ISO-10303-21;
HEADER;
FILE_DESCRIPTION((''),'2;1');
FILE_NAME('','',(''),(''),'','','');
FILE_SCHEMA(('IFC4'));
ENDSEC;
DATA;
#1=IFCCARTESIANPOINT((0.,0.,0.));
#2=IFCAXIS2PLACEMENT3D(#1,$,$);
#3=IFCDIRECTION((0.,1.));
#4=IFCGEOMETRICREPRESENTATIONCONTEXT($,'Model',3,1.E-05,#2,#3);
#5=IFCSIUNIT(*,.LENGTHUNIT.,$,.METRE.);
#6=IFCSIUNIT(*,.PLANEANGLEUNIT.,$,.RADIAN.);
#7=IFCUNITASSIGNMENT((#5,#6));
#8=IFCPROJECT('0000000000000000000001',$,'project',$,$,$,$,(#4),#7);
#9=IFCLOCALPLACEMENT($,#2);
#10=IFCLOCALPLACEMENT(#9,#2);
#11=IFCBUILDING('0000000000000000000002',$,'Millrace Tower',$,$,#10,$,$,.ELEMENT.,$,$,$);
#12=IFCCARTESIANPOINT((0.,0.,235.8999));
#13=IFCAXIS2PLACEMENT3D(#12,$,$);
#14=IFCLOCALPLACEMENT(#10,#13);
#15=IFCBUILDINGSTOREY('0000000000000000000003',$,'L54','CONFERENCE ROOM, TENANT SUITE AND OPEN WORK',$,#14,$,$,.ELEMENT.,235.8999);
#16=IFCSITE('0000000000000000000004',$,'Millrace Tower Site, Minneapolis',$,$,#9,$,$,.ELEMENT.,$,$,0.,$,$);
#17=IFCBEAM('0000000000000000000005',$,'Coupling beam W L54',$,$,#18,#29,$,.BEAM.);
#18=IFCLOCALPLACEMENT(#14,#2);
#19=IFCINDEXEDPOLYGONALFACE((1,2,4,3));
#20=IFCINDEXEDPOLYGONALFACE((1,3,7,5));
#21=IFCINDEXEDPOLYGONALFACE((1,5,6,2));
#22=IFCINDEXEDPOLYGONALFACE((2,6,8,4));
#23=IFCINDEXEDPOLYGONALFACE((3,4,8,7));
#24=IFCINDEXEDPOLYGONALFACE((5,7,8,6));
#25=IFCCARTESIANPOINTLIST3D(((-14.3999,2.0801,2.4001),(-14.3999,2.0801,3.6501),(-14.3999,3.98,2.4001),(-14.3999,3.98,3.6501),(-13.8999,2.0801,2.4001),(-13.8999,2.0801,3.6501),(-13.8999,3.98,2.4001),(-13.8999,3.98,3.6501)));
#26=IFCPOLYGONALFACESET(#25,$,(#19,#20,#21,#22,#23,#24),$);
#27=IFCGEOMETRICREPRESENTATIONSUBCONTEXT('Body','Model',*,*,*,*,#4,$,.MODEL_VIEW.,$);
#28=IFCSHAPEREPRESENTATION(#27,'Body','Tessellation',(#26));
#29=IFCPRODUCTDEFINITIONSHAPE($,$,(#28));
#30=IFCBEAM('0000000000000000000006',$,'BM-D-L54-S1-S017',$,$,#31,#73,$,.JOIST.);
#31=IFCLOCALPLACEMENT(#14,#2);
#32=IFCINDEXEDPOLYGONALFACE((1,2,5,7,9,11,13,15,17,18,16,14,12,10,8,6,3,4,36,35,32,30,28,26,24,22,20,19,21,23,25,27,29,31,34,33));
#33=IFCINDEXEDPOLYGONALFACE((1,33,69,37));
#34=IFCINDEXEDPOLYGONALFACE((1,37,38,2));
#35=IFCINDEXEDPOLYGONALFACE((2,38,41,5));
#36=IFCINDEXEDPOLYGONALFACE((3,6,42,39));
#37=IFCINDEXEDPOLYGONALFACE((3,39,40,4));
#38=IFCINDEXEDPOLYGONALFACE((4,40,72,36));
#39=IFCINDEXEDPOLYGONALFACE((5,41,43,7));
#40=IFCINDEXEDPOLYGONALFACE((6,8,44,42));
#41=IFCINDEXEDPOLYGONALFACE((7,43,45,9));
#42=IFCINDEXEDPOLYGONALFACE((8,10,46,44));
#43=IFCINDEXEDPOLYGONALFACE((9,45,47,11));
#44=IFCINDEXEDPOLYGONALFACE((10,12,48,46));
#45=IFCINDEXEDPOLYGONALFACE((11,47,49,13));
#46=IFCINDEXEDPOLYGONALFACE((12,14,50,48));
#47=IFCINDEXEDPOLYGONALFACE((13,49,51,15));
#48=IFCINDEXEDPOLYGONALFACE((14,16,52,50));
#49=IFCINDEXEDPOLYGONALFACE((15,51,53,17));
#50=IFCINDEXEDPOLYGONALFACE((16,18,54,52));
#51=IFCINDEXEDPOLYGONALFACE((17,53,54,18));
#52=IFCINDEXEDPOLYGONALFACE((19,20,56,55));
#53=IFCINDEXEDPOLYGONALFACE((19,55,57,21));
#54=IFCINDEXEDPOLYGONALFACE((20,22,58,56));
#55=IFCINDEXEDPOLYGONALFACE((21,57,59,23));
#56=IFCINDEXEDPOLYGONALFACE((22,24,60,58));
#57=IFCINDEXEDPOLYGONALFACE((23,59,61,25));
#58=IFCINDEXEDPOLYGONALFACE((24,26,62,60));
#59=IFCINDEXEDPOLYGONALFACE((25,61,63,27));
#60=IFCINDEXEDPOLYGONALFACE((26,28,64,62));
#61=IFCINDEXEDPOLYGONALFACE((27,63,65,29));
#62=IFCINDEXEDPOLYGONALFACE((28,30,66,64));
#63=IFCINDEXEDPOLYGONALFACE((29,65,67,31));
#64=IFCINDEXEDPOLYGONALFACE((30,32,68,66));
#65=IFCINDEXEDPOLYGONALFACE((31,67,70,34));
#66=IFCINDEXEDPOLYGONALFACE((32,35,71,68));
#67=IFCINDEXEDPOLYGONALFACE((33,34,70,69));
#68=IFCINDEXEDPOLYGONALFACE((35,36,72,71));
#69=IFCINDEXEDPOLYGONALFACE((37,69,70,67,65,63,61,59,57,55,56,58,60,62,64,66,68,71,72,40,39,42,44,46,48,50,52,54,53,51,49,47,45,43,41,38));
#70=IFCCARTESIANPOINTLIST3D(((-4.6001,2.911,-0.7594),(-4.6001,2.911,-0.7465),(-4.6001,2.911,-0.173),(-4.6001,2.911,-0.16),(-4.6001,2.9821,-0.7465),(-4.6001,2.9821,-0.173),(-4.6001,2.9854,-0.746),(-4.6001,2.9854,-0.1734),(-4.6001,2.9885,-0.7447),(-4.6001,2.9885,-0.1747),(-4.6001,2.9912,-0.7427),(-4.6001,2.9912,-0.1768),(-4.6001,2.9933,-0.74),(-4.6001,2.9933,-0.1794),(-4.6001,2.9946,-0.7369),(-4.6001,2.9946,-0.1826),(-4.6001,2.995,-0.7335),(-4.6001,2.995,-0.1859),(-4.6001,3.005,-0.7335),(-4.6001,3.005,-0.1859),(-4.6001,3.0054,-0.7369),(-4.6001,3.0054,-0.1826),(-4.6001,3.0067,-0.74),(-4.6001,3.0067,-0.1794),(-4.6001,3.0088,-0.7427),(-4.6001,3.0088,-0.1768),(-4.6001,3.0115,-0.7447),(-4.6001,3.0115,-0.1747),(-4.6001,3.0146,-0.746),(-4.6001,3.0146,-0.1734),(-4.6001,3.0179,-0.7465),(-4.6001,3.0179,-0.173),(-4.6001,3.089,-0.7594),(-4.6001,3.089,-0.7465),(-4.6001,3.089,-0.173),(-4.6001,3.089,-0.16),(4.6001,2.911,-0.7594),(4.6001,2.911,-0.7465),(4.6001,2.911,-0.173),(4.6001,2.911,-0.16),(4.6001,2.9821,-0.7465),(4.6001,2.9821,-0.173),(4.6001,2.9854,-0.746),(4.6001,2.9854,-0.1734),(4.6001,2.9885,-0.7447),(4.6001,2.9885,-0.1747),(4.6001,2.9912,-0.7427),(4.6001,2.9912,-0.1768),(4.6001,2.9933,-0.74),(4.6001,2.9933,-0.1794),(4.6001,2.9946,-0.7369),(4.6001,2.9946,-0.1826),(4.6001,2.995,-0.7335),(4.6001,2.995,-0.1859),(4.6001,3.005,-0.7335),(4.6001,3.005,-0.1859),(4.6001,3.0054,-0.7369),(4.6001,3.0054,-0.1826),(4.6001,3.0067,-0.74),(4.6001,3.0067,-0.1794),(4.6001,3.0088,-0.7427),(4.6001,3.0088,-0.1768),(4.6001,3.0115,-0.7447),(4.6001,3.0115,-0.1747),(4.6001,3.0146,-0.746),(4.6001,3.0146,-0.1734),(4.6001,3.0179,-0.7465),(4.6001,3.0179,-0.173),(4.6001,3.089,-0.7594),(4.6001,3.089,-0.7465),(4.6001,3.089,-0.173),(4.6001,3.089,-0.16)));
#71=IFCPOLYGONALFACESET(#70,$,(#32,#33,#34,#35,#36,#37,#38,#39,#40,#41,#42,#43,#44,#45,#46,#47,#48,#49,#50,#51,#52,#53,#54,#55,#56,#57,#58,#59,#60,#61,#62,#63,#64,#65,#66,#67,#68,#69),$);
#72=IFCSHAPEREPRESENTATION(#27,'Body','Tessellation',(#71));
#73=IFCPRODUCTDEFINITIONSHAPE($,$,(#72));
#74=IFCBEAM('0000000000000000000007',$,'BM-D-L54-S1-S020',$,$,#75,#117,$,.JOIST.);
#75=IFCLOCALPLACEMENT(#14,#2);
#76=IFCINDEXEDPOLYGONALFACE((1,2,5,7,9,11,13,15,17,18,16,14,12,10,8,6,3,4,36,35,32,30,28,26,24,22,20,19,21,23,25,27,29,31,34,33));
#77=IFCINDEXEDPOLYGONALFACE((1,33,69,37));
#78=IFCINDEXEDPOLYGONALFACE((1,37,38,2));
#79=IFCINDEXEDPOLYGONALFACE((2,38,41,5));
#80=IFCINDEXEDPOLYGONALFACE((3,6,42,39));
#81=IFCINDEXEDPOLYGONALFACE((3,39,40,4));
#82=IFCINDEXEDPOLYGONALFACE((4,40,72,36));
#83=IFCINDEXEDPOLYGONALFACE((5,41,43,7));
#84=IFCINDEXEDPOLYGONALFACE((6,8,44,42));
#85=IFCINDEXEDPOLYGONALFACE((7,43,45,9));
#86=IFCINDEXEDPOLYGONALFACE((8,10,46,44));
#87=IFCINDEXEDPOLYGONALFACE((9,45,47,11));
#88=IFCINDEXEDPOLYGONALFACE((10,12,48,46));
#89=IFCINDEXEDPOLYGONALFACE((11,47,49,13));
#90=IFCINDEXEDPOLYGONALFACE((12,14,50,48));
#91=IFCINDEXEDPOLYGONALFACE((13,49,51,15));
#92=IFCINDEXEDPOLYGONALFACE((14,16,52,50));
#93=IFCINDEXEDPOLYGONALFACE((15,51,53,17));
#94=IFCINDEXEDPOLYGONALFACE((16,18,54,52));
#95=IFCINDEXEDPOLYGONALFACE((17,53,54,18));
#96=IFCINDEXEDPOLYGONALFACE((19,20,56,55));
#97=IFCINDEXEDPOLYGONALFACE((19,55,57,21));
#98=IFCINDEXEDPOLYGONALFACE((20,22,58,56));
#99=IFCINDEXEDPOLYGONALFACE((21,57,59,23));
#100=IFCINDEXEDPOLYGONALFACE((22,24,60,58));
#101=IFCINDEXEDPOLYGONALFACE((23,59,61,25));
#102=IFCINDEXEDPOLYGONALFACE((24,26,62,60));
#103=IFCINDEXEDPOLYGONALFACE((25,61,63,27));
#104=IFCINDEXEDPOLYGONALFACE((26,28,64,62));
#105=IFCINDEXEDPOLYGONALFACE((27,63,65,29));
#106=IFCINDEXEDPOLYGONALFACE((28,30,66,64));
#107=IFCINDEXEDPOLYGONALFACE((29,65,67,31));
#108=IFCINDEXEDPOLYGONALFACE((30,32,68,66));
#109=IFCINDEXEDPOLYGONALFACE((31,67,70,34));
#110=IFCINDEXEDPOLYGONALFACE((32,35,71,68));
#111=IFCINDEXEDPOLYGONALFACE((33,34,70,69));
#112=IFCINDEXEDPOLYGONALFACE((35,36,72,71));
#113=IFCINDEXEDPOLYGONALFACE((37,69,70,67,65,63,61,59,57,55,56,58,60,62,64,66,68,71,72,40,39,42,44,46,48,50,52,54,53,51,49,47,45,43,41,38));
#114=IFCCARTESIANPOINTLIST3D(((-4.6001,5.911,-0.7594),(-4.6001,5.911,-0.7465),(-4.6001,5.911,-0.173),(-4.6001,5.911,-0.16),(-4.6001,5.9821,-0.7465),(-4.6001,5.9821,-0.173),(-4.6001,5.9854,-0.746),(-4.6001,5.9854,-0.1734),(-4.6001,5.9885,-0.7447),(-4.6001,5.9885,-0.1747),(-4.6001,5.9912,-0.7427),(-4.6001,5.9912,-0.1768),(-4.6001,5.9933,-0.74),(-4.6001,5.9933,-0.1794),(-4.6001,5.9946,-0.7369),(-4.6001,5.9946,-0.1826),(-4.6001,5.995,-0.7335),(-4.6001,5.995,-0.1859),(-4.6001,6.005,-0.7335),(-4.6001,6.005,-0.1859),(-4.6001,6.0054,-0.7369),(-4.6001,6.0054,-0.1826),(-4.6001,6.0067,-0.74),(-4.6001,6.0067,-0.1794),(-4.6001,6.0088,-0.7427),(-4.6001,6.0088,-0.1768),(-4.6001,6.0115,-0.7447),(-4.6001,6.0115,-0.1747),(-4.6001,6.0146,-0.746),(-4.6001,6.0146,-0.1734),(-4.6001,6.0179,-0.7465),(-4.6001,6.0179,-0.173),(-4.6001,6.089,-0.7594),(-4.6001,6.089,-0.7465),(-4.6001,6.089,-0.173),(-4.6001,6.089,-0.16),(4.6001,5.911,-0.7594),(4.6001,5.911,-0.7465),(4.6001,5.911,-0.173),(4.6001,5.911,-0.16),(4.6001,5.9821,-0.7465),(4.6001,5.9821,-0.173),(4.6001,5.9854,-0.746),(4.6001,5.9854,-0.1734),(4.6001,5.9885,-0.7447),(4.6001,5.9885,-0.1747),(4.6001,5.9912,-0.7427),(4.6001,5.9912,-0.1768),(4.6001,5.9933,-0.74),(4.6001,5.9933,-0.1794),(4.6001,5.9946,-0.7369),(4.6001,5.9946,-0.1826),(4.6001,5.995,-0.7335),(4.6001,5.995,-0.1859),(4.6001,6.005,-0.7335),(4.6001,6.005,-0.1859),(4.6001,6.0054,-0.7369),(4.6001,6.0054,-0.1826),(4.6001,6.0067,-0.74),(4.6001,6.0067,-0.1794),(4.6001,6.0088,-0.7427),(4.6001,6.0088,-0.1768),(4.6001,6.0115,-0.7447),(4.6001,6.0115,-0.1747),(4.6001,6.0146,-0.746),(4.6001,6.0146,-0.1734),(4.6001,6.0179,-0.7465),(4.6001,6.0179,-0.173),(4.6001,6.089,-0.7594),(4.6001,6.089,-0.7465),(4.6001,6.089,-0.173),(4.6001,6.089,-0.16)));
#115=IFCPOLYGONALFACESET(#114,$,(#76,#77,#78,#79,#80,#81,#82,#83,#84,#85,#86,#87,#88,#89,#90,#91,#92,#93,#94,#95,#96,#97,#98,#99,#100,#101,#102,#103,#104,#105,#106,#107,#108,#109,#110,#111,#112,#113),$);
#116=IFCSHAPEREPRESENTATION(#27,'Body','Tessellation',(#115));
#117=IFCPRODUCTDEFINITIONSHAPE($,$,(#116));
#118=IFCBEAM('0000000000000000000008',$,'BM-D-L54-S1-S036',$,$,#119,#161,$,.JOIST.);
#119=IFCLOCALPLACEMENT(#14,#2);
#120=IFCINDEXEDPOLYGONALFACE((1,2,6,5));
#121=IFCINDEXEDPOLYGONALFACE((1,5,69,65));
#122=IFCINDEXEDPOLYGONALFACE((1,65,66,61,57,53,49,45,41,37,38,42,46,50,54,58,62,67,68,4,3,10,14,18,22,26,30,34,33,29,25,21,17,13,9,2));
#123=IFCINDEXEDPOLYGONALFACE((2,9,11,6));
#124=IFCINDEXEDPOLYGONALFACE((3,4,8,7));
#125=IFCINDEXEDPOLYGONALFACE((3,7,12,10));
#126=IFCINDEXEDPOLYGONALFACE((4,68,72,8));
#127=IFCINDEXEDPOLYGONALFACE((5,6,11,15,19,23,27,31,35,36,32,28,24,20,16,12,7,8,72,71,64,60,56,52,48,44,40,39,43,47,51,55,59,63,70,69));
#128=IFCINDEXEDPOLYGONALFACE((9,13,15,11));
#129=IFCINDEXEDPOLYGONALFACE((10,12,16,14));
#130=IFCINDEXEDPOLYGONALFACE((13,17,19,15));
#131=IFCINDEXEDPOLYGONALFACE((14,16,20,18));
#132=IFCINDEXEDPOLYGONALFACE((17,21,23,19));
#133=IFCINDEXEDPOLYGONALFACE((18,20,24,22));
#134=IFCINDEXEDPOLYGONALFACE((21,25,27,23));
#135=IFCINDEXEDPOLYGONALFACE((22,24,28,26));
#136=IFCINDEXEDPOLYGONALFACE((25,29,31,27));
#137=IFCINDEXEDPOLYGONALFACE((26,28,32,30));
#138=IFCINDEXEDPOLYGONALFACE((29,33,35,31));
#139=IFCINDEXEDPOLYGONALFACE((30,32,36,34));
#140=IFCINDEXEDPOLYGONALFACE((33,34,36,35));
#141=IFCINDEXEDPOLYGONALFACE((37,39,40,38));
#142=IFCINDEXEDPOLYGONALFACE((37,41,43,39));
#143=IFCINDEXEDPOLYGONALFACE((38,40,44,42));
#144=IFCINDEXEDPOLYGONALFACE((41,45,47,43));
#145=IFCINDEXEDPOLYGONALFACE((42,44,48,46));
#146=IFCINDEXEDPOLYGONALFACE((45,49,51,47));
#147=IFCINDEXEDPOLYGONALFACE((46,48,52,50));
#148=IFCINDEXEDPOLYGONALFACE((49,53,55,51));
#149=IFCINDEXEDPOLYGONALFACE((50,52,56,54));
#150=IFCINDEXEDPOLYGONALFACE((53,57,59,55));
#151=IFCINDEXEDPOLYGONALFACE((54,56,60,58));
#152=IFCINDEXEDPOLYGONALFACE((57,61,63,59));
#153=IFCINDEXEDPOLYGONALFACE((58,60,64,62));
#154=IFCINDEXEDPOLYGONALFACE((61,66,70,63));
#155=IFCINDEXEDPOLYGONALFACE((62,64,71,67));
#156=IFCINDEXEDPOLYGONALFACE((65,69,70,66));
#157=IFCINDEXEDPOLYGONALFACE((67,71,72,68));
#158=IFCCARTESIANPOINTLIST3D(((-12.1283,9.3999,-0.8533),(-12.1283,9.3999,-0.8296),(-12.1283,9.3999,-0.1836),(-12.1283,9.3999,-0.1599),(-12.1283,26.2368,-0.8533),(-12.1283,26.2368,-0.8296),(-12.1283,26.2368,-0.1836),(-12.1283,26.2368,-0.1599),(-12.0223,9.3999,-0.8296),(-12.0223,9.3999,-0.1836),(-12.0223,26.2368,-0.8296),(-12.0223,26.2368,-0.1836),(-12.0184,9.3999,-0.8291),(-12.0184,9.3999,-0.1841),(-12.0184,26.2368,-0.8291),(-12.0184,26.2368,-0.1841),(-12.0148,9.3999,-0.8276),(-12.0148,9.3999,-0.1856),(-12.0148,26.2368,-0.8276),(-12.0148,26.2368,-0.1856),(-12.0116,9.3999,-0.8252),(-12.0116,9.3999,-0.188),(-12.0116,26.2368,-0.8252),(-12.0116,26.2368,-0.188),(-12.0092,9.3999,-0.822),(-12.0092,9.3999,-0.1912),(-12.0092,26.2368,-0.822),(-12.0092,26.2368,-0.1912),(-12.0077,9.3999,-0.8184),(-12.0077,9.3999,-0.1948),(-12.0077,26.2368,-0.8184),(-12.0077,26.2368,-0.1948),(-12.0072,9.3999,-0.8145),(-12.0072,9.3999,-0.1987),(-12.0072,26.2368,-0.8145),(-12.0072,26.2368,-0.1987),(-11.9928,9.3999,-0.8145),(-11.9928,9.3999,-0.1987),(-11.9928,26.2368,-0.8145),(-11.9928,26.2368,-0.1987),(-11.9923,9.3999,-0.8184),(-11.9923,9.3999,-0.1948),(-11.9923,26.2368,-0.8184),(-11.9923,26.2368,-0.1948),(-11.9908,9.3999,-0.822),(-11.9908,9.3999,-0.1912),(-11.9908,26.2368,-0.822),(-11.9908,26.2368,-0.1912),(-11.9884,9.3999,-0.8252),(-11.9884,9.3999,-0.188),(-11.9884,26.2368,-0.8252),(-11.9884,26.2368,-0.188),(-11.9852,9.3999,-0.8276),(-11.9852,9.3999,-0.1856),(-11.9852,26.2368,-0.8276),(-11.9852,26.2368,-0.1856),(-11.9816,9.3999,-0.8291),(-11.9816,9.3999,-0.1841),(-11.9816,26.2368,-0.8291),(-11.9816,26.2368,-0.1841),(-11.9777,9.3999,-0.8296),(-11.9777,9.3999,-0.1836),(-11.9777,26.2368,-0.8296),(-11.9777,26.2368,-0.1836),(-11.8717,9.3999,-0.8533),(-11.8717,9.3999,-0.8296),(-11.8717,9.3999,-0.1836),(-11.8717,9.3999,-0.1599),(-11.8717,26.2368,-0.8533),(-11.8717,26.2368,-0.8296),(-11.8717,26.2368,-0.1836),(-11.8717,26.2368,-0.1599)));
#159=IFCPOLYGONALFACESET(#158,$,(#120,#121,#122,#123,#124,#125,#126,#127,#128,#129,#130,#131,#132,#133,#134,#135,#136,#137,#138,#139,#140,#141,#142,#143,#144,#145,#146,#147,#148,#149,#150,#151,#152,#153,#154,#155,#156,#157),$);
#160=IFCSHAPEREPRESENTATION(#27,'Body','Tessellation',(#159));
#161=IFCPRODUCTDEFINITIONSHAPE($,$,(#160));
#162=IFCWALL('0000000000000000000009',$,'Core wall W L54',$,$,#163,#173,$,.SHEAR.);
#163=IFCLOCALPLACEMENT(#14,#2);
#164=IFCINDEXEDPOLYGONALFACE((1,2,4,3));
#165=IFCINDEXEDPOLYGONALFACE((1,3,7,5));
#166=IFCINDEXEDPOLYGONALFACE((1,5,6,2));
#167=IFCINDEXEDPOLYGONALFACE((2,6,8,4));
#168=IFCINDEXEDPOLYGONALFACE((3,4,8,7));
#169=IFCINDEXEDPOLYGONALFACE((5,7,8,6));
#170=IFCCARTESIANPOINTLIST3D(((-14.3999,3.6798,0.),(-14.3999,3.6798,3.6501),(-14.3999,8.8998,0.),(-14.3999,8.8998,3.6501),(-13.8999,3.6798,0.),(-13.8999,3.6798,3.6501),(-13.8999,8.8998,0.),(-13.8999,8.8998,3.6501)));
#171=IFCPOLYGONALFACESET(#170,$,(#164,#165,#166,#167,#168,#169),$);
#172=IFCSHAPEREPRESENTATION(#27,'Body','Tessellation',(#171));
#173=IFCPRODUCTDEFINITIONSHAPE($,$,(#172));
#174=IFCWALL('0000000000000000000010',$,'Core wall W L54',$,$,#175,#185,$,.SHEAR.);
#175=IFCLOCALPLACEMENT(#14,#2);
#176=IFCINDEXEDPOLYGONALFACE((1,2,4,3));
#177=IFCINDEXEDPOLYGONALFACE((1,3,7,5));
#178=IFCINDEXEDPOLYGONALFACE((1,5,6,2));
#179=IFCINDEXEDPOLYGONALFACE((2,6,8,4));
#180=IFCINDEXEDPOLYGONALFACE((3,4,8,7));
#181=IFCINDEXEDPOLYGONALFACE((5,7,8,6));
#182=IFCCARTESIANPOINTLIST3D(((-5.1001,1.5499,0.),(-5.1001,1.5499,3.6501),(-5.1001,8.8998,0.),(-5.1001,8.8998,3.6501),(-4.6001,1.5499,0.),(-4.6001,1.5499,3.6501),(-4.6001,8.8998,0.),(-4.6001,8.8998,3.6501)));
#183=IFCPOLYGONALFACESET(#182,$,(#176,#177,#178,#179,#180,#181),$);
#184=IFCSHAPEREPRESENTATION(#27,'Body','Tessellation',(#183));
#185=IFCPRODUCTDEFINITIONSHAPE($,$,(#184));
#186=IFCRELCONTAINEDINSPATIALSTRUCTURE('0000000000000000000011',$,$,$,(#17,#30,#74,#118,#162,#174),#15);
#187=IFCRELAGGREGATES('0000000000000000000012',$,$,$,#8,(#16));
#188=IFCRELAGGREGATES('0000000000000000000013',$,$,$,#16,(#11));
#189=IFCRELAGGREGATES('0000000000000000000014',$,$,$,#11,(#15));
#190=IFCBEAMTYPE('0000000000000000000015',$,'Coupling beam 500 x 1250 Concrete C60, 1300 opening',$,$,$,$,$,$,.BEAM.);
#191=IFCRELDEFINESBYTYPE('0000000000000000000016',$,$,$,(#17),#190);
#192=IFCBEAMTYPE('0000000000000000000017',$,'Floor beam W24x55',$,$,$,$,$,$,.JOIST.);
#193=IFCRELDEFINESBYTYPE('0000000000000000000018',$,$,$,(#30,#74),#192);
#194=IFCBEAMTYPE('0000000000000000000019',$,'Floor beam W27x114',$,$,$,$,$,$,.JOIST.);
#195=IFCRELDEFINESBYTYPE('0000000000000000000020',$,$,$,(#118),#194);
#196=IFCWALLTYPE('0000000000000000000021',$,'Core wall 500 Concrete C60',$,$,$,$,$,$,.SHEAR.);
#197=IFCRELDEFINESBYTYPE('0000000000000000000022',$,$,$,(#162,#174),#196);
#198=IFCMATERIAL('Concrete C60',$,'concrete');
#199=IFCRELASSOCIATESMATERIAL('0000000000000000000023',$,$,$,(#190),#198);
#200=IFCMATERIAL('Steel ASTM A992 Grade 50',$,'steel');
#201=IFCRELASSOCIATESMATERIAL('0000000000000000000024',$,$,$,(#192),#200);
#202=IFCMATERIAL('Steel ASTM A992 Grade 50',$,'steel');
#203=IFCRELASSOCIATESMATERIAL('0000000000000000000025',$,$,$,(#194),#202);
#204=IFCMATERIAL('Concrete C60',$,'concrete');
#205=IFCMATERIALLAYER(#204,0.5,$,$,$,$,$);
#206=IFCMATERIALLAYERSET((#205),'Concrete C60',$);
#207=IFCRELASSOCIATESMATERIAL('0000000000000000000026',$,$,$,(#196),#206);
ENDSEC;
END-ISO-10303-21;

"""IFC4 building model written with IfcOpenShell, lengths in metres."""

from ifc_helpers import new_model, si_unit, direction, frame, frame_2d, origin, origin_2d, place, context, subcontext, project, spatial, rectangle, i_section, extrude, material, layer, layer_set, material_profile, profile_set, type_object, element, save


model = new_model("IFC4")

# Units and contexts
model_context = context("Model", 3, precision=1e-05, world=origin(), true_north=direction((0.0, 1.0)))
body_context = subcontext(model_context, "Body", "Model", "MODEL_VIEW")
ifc_project = project(units=[si_unit("LENGTHUNIT", "METRE"), si_unit("PLANEANGLEUNIT", "RADIAN")], contexts=[model_context])

# Site, building, storey
site_placement = place(None, origin())
site = spatial("IfcSite", under=ifc_project, at=site_placement, Name="Millrace Tower Site, Minneapolis", CompositionType="ELEMENT", RefElevation=0.0)
building_placement = place(site_placement, origin())
building = spatial("IfcBuilding", under=site, at=building_placement, Name="Millrace Tower", CompositionType="ELEMENT")
storey_placement = place(building_placement, frame((0.0, 0.0, 235.8999)))
storey = spatial("IfcBuildingStorey", under=building, at=storey_placement, Name="L54", Description="CONFERENCE ROOM, TENANT SUITE AND OPEN WORK", CompositionType="ELEMENT", Elevation=235.8999)

# Beams
ifc_material_1 = material(Name="Concrete C60", Category="concrete")
ifc_material_profile_1 = material_profile(ifc_material_1, rectangle(XDim=0.5, YDim=1.25, at=origin_2d()))
ifc_profile_set_1 = profile_set([ifc_material_profile_1], Name="Concrete C60")
beam_type_1 = type_object("IfcBeamType", Name="Coupling beam 500 x 1250 Concrete C60, 1300 opening", PredefinedType="BEAM", material=ifc_profile_set_1)
beam_1_placement = place(storey_placement, frame((-14.1499, 2.0801, 3.0251), z_axis=(0.0, 1.0, 0.0), x_axis=(-1.0, 0.0, 0.0)))
element("IfcBeam", 1, at=beam_1_placement, inside=storey, type_object=beam_type_1, Name="Coupling beam W L54", PredefinedType="BEAM", context=body_context, shape_type="SweptSolid", body=[
    extrude(rectangle(XDim=0.5, YDim=1.25, at=origin_2d()), origin(), (0.0, 0.0, 1.0), 1.8999),
])
ifc_material_2 = material(Name="Steel ASTM A992 Grade 50", Category="steel")
ifc_material_profile_2 = material_profile(ifc_material_2, i_section(OverallWidth=0.178, OverallDepth=0.5994, WebThickness=0.01, FlangeThickness=0.0129, FilletRadius=0.0129, at=origin_2d()))
ifc_profile_set_2 = profile_set([ifc_material_profile_2], Name="Steel ASTM A992 Grade 50")
beam_type_2 = type_object("IfcBeamType", Name="Floor beam W24x55", PredefinedType="JOIST", material=ifc_profile_set_2)
for number, where, z_axis, x_axis, name in (
    (2, (-4.6001, 3.0, -0.4597), (1.0, 0.0, 0.0), (0.0, 1.0, 0.0), "BM-D-L54-S1-S017"),
    (3, (-4.6001, 6.0, -0.4597), (1.0, 0.0, 0.0), (0.0, 1.0, 0.0), "BM-D-L54-S1-S020"),
):
    element("IfcBeam", number, at=place(storey_placement, frame(where, z_axis=z_axis, x_axis=x_axis)), inside=storey, type_object=beam_type_2, Name=name, PredefinedType="JOIST", context=body_context, shape_type="SweptSolid", body=[
        extrude(i_section(OverallWidth=0.178, OverallDepth=0.5994, WebThickness=0.01, FlangeThickness=0.0129, FilletRadius=0.0129, at=origin_2d()), origin(), (0.0, 0.0, 1.0), 9.2002),
    ])
ifc_material_3 = material(Name="Steel ASTM A992 Grade 50", Category="steel")
ifc_material_profile_3 = material_profile(ifc_material_3, i_section(OverallWidth=0.2566, OverallDepth=0.6934, WebThickness=0.0144, FlangeThickness=0.0237, FilletRadius=0.0151, at=origin_2d()))
ifc_profile_set_3 = profile_set([ifc_material_profile_3], Name="Steel ASTM A992 Grade 50")
beam_type_3 = type_object("IfcBeamType", Name="Floor beam W27x114", PredefinedType="JOIST", material=ifc_profile_set_3)
beam_2_placement = place(storey_placement, frame((-12.0, 9.3999, -0.5066), z_axis=(0.0, 1.0, 0.0), x_axis=(-1.0, 0.0, 0.0)))
element("IfcBeam", 4, at=beam_2_placement, inside=storey, type_object=beam_type_3, Name="BM-D-L54-S1-S036", PredefinedType="JOIST", context=body_context, shape_type="SweptSolid", body=[
    extrude(i_section(OverallWidth=0.2566, OverallDepth=0.6934, WebThickness=0.0144, FlangeThickness=0.0237, FilletRadius=0.0151, at=origin_2d()), origin(), (0.0, 0.0, 1.0), 16.8369),
])

# Walls
ifc_material_4 = material(Name="Concrete C60", Category="concrete")
ifc_layer_1 = layer(ifc_material_4, 0.5)
ifc_layer_set_1 = layer_set([ifc_layer_1], Name="Concrete C60")
wall_type_1 = type_object("IfcWallType", Name="Core wall 500 Concrete C60", PredefinedType="SHEAR", material=ifc_layer_set_1)
wall_1_placement = place(storey_placement, frame((-14.1499, 3.6799, 0.0), z_axis=(0.0, 0.0, 1.0), x_axis=(0.0, 1.0, 0.0)))
element("IfcWall", 5, at=wall_1_placement, inside=storey, type_object=wall_type_1, Name="Core wall W L54", PredefinedType="SHEAR", context=body_context, shape_type="SweptSolid", body=[
    extrude(rectangle(XDim=5.22, YDim=0.5, at=frame_2d((2.6099, 0.0))), origin(), (0.0, 0.0, 1.0), 3.6501),
])
wall_2_placement = place(storey_placement, frame((-4.8501, 1.55, 0.0), z_axis=(0.0, 0.0, 1.0), x_axis=(0.0, 1.0, 0.0)))
element("IfcWall", 6, at=wall_2_placement, inside=storey, type_object=wall_type_1, Name="Core wall W L54", PredefinedType="SHEAR", context=body_context, shape_type="SweptSolid", body=[
    extrude(rectangle(XDim=7.3499, YDim=0.5, at=frame_2d((3.6748, 0.0))), origin(), (0.0, 0.0, 1.0), 3.6501),
])

save(model, "model.ifc")
